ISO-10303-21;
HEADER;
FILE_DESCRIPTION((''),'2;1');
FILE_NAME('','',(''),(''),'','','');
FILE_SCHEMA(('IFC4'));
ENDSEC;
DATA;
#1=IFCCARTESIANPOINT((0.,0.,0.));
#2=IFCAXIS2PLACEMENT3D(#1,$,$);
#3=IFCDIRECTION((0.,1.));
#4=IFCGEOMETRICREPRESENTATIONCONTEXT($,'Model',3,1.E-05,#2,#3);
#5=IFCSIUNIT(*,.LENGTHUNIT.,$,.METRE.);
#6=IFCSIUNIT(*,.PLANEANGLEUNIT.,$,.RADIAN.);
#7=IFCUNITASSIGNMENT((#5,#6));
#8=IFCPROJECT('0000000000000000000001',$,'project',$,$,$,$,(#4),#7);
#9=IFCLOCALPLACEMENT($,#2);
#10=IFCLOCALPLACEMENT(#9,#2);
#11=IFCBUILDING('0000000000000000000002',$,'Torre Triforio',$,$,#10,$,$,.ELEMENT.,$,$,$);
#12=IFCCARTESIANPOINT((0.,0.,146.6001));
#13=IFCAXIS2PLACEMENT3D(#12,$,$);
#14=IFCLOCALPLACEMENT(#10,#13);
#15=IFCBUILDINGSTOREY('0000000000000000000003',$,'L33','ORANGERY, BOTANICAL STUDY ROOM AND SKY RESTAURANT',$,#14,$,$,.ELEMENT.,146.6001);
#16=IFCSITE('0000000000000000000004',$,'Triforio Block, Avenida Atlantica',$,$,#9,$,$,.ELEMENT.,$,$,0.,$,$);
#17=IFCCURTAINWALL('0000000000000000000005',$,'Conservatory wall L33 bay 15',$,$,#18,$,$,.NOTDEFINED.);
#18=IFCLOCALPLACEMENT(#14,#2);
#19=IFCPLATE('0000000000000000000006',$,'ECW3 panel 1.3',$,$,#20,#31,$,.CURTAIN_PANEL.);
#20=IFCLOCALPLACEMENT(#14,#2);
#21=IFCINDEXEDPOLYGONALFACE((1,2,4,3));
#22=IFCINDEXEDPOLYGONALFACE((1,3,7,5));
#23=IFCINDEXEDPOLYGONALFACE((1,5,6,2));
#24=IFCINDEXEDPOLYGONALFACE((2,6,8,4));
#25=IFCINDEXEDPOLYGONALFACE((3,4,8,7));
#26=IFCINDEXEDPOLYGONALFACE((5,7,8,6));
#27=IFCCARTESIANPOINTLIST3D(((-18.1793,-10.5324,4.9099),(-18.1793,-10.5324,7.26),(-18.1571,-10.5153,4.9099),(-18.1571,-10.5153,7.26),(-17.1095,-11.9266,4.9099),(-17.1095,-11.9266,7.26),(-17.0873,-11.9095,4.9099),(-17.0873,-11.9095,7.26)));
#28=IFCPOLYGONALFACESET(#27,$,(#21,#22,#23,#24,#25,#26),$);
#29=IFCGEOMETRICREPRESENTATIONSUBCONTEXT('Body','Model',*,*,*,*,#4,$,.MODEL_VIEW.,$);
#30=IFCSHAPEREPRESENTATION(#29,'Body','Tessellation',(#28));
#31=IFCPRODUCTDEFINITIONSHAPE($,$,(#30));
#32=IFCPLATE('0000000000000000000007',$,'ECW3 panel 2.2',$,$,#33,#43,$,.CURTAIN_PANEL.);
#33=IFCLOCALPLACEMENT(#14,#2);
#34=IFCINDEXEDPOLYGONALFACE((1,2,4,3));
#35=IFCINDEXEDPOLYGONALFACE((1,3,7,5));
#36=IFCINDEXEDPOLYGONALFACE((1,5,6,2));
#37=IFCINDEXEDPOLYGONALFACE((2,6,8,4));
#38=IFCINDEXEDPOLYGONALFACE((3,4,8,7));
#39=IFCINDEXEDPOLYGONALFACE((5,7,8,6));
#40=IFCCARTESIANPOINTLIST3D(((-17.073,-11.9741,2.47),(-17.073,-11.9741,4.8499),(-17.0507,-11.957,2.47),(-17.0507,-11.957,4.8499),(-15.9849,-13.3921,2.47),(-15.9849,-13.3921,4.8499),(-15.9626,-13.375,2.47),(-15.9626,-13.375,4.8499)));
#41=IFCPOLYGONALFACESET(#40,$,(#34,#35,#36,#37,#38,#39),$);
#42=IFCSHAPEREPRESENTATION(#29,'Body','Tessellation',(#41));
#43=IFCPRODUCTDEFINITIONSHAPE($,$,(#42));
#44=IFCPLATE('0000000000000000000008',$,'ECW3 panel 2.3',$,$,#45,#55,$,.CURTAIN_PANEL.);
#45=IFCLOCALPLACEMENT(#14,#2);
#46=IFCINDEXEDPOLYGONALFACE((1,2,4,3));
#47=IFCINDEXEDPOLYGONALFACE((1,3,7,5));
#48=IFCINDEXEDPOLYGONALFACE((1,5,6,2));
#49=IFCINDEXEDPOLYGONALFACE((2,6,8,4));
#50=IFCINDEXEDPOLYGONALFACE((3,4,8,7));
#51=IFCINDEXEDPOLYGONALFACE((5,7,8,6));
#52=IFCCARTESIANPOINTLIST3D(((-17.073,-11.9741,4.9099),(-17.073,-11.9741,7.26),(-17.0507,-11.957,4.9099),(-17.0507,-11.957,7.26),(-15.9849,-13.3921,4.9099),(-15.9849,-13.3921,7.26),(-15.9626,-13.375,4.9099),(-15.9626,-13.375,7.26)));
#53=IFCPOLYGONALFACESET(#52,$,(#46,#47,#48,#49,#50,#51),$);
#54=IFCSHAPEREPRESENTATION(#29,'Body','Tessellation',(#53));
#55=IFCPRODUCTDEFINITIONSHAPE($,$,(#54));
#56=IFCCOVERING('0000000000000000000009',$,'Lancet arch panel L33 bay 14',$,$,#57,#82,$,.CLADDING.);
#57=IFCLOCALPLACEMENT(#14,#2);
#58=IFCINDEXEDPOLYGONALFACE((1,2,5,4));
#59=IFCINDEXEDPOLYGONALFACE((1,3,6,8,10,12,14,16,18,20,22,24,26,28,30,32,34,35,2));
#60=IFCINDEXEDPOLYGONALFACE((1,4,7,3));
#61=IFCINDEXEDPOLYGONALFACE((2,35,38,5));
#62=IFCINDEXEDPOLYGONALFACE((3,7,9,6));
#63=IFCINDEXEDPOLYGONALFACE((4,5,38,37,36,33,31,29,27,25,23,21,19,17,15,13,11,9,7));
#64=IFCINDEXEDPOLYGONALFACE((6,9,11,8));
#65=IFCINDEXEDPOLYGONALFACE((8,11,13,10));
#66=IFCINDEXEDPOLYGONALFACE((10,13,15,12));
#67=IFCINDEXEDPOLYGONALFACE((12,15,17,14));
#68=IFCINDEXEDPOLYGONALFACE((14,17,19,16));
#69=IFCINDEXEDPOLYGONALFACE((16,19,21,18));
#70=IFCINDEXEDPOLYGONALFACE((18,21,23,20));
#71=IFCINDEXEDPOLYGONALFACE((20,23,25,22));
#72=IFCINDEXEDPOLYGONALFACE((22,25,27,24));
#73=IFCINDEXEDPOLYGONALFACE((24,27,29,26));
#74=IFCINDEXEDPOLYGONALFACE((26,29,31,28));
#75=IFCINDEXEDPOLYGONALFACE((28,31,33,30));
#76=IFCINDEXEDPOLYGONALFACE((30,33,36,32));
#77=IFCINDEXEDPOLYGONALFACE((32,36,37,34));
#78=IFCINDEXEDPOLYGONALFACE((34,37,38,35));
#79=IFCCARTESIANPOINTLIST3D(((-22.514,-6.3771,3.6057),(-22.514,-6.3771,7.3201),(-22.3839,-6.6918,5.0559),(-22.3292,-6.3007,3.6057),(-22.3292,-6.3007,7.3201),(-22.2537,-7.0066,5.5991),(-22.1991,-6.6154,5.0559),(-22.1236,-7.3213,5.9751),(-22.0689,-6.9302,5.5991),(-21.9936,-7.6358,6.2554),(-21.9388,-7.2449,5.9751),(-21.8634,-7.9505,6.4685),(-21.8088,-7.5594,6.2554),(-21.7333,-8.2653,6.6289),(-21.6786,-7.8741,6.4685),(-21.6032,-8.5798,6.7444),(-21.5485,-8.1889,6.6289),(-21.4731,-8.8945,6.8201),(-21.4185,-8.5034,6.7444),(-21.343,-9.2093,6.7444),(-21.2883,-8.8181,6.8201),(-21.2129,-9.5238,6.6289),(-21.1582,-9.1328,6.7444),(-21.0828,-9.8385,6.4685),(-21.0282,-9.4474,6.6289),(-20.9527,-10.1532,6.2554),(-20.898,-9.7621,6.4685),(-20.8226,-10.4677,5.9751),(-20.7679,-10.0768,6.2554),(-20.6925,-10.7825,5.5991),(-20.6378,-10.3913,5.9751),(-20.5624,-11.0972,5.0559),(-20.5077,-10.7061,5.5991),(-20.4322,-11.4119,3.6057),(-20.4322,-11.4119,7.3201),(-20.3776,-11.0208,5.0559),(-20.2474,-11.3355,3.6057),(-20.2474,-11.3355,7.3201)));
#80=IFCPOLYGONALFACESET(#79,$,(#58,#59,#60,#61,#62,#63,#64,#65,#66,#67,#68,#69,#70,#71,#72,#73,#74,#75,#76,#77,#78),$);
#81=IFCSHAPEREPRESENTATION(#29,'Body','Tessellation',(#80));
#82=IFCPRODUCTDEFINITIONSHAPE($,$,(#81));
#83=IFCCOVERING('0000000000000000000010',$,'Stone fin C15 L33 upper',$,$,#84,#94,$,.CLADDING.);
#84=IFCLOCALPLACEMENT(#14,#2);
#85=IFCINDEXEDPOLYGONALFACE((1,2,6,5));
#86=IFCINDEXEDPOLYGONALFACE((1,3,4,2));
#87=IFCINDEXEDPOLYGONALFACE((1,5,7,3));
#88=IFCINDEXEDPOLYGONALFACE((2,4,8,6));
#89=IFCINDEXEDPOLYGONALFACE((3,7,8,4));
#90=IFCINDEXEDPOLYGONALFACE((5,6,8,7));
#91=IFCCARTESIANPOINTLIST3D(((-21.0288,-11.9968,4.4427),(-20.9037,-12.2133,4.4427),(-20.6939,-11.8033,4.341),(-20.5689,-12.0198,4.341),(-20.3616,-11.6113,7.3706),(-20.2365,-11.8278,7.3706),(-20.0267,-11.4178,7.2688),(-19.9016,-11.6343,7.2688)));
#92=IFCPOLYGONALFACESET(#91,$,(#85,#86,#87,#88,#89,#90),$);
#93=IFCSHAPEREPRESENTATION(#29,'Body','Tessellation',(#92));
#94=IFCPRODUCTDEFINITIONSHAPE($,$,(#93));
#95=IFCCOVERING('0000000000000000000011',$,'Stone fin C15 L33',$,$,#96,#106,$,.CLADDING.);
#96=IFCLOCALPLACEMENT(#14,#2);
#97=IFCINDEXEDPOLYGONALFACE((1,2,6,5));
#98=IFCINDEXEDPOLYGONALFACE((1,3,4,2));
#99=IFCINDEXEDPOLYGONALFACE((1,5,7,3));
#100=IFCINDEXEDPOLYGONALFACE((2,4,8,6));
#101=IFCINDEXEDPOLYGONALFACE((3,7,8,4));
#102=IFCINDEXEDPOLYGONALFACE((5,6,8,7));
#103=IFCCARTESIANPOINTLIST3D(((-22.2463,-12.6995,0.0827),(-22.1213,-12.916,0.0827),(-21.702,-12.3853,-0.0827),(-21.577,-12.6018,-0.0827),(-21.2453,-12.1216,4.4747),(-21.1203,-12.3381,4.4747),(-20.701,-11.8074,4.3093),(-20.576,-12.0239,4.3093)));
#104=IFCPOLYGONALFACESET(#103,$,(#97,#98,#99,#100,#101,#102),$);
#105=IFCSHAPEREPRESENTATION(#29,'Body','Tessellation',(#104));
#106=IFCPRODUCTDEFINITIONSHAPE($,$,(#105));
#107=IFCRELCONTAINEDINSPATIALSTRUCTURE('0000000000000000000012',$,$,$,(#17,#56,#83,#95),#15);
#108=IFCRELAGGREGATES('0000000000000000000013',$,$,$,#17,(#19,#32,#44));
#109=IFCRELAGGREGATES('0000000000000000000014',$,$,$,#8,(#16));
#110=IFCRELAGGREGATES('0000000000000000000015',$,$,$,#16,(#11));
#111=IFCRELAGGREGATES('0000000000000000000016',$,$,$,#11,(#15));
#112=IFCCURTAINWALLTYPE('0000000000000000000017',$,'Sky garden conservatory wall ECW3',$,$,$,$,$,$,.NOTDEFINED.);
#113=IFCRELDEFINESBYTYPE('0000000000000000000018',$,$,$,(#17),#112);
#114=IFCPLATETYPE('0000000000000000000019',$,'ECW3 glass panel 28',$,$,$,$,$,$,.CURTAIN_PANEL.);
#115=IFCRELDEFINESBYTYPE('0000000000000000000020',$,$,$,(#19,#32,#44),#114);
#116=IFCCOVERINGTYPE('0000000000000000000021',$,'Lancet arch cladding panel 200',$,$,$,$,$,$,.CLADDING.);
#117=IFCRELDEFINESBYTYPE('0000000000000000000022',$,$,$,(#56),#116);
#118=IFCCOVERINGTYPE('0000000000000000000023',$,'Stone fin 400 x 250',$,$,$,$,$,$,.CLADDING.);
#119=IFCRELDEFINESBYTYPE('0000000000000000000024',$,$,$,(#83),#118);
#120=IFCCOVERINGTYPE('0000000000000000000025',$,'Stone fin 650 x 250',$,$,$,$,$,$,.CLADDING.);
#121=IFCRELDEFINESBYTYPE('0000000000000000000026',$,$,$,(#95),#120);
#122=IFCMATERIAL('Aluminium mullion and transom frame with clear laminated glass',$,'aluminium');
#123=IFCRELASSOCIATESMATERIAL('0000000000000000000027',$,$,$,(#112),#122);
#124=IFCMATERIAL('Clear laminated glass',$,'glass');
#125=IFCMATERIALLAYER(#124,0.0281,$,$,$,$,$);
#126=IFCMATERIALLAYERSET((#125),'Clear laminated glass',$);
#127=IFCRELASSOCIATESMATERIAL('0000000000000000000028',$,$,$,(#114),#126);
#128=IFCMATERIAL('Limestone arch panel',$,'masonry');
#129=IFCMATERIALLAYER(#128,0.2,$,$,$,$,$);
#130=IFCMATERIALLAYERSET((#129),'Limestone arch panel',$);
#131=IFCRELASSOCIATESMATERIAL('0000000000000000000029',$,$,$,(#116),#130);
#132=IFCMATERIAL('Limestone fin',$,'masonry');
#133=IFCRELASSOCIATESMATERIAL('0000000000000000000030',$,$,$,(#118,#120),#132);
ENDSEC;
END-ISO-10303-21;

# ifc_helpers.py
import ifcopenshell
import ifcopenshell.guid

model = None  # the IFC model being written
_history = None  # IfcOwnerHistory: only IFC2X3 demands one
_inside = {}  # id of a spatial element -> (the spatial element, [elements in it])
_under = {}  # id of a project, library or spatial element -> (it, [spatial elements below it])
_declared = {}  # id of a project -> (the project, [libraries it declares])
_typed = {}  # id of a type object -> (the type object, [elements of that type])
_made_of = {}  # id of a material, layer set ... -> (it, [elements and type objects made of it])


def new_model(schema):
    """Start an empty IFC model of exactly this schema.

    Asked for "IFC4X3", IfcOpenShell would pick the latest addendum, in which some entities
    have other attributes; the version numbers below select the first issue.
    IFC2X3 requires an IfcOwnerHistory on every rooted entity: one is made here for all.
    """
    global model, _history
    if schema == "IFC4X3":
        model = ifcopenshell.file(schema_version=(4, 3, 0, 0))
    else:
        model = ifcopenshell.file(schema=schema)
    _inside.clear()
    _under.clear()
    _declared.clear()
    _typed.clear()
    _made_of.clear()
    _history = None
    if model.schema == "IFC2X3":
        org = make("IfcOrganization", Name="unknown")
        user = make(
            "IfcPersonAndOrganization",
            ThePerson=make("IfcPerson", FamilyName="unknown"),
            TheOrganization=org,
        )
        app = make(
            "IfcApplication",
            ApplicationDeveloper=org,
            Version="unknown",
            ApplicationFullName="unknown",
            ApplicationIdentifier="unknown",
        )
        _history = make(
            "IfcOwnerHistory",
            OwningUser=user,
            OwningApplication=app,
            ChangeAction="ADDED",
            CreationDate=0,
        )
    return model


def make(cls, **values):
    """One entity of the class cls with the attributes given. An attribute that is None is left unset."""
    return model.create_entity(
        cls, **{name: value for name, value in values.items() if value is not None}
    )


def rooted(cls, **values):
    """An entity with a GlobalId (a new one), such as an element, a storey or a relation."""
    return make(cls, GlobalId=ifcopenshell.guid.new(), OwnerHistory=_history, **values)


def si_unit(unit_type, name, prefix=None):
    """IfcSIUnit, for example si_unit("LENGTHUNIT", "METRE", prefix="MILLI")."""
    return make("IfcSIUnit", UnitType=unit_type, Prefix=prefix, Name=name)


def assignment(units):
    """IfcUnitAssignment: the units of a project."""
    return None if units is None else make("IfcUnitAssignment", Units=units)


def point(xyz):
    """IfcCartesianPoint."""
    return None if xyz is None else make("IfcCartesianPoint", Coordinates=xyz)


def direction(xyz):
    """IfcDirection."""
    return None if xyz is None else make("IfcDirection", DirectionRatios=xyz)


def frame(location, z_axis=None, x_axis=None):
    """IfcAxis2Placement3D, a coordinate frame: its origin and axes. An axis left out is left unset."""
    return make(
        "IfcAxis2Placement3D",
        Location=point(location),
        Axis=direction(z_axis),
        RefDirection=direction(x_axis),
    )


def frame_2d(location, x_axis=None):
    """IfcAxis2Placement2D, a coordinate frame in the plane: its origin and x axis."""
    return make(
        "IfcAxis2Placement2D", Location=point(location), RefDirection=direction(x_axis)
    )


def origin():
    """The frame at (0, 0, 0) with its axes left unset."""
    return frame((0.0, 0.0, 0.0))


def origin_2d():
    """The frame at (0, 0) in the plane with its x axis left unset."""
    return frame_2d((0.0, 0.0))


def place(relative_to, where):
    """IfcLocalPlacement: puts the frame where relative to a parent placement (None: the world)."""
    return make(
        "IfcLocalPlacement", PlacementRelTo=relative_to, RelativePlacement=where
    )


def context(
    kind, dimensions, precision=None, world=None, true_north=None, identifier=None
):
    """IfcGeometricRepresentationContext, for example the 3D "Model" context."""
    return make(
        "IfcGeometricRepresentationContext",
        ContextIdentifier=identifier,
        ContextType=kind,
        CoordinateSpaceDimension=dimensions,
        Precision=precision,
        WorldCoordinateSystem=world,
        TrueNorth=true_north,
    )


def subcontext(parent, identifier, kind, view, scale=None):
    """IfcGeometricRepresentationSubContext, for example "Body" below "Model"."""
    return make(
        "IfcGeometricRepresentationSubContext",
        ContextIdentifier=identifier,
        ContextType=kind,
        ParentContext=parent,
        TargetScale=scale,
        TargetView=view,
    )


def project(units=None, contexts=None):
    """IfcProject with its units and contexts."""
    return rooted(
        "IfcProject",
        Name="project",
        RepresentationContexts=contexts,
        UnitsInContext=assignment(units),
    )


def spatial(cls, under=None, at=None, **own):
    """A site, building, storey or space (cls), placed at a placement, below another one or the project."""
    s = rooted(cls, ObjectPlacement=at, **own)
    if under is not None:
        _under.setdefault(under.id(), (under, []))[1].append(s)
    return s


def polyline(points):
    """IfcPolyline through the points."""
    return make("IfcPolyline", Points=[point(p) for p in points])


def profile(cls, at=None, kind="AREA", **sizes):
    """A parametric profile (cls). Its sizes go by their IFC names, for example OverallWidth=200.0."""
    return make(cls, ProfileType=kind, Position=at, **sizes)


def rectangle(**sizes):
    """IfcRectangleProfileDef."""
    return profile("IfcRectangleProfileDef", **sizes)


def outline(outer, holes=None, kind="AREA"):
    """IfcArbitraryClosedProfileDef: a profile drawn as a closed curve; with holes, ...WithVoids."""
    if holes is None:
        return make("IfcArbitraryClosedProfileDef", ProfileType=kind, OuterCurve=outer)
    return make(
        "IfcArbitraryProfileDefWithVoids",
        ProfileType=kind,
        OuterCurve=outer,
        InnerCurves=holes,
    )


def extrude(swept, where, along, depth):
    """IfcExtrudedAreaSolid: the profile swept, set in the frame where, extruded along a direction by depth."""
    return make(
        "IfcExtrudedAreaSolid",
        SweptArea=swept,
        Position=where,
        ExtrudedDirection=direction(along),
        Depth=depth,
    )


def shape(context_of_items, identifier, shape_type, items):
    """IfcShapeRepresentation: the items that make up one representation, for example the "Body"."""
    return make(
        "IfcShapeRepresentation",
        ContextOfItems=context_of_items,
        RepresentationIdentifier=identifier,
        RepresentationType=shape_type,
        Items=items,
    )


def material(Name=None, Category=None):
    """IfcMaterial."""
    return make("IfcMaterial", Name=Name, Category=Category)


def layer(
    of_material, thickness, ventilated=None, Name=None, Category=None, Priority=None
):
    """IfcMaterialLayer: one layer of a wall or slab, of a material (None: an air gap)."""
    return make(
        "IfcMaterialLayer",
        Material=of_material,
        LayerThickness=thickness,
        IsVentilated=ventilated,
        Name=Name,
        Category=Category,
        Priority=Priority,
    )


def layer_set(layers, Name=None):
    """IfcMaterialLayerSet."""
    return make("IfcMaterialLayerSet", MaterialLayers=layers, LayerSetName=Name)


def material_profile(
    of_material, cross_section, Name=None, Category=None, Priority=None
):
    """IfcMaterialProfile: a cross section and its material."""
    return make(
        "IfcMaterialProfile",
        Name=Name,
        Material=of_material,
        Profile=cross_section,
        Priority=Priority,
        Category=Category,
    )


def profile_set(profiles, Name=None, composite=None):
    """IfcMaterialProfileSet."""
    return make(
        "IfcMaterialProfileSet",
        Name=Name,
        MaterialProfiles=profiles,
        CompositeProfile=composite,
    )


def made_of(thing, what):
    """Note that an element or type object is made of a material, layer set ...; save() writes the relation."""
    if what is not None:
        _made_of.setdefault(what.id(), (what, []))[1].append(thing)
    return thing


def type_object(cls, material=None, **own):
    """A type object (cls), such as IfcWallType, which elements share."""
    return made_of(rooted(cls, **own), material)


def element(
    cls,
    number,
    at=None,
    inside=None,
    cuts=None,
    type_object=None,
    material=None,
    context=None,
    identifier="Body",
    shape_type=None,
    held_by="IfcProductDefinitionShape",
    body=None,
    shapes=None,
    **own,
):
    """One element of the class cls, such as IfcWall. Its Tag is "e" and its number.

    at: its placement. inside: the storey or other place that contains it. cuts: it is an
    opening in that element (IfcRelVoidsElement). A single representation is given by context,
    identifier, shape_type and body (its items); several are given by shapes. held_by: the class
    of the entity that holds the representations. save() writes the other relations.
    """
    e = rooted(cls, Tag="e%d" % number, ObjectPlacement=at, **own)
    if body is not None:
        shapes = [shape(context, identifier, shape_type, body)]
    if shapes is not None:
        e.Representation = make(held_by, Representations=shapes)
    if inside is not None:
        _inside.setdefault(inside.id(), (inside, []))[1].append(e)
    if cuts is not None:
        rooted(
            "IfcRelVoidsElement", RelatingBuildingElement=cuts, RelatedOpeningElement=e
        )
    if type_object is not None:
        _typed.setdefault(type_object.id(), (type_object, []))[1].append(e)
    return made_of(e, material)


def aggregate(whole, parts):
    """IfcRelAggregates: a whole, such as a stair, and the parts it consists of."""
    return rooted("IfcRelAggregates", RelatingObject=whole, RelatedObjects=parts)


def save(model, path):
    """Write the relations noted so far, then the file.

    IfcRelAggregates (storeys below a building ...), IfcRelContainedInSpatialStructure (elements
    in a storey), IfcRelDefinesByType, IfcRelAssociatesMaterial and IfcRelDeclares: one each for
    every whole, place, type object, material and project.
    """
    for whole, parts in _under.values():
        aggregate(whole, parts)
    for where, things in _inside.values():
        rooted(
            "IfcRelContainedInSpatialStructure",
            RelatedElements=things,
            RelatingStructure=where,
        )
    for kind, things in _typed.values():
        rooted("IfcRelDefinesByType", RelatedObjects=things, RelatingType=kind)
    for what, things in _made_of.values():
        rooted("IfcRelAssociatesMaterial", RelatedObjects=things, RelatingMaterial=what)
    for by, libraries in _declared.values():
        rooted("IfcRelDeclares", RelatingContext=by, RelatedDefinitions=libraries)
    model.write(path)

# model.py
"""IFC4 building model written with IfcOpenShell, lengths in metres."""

from ifc_helpers import new_model, si_unit, direction, frame, origin, origin_2d, place, context, subcontext, project, spatial, polyline, rectangle, outline, extrude, material, layer, layer_set, material_profile, profile_set, type_object, element, aggregate, save


model = new_model("IFC4")

# Units and contexts
model_context = context("Model", 3, precision=1e-05, world=origin(), true_north=direction((0.0, 1.0)))
body_context = subcontext(model_context, "Body", "Model", "MODEL_VIEW")
ifc_project = project(units=[si_unit("LENGTHUNIT", "METRE"), si_unit("PLANEANGLEUNIT", "RADIAN")], contexts=[model_context])

# Site, building, storey
site_placement = place(None, origin())
site = spatial("IfcSite", under=ifc_project, at=site_placement, Name="Triforio Block, Avenida Atlantica", CompositionType="ELEMENT", RefElevation=0.0)
building_placement = place(site_placement, origin())
building = spatial("IfcBuilding", under=site, at=building_placement, Name="Torre Triforio", CompositionType="ELEMENT")
storey_placement = place(building_placement, frame((0.0, 0.0, 146.6001)))
storey = spatial("IfcBuildingStorey", under=building, at=storey_placement, Name="L33", Description="ORANGERY, BOTANICAL STUDY ROOM AND SKY RESTAURANT", CompositionType="ELEMENT", Elevation=146.6001)

# Curtain wall
ifc_material_1 = material(Name="Aluminium mullion and transom frame with clear laminated glass", Category="aluminium")
curtain_wall_type = type_object("IfcCurtainWallType", Name="Sky garden conservatory wall ECW3", PredefinedType="NOTDEFINED", material=ifc_material_1)
curtain_wall_placement = place(storey_placement, origin())
curtain_wall = element("IfcCurtainWall", 1, at=curtain_wall_placement, inside=storey, type_object=curtain_wall_type, Name="Conservatory wall L33 bay 15", PredefinedType="NOTDEFINED")

# Plates
ifc_material_2 = material(Name="Clear laminated glass", Category="glass")
ifc_layer_1 = layer(ifc_material_2, 0.0281)
ifc_layer_set_1 = layer_set([ifc_layer_1], Name="Clear laminated glass")
plate_type = type_object("IfcPlateType", Name="ECW3 glass panel 28", PredefinedType="CURTAIN_PANEL", material=ifc_layer_set_1)
plate_1_placement = place(storey_placement, frame((-17.6333, -11.2209, 4.9099), z_axis=(0.0, 0.0, 1.0), x_axis=(0.608763, -0.793352, 0.0)))
plate_1 = element("IfcPlate", 2, at=plate_1_placement, type_object=plate_type, Name="ECW3 panel 1.3", PredefinedType="CURTAIN_PANEL", context=body_context, shape_type="SweptSolid", body=[
    extrude(rectangle(XDim=1.7573, YDim=0.0281, at=origin_2d()), origin(), (0.0, 0.0, 1.0), 2.3501),
])
plate_2_placement = place(storey_placement, frame((-16.5178, -12.6746, 2.47), z_axis=(0.0, 0.0, 1.0), x_axis=(0.608763, -0.793352, 0.0)))
plate_2 = element("IfcPlate", 3, at=plate_2_placement, type_object=plate_type, Name="ECW3 panel 2.2", PredefinedType="CURTAIN_PANEL", context=body_context, shape_type="SweptSolid", body=[
    extrude(rectangle(XDim=1.7874, YDim=0.0281, at=origin_2d()), origin(), (0.0, 0.0, 1.0), 2.3799),
])
plate_3_placement = place(storey_placement, frame((-16.5178, -12.6746, 4.9099), z_axis=(0.0, 0.0, 1.0), x_axis=(0.608763, -0.793352, 0.0)))
plate_3 = element("IfcPlate", 4, at=plate_3_placement, type_object=plate_type, Name="ECW3 panel 2.3", PredefinedType="CURTAIN_PANEL", context=body_context, shape_type="SweptSolid", body=[
    extrude(rectangle(XDim=1.7874, YDim=0.0281, at=origin_2d()), origin(), (0.0, 0.0, 1.0), 2.3501),
])
aggregate(curtain_wall, [plate_1, plate_2, plate_3])

# Coverings
ifc_material_3 = material(Name="Limestone arch panel", Category="masonry")
ifc_layer_2 = layer(ifc_material_3, 0.2)
ifc_layer_set_2 = layer_set([ifc_layer_2], Name="Limestone arch panel")
covering_type_1 = type_object("IfcCoveringType", Name="Lancet arch cladding panel 200", PredefinedType="CLADDING", material=ifc_layer_set_2)
covering_1_placement = place(storey_placement, frame((-21.2883, -8.8181, 0.0), z_axis=(-0.924121, -0.3821, 0.0), x_axis=(0.3821, -0.924121, 0.0)))
element("IfcCovering", 5, at=covering_1_placement, inside=storey, type_object=covering_type_1, Name="Lancet arch panel L33 bay 14", PredefinedType="CLADDING", context=body_context, shape_type="SweptSolid", body=[
    extrude(outline(polyline([(-2.7241, 7.3201), (-2.7241, 3.6057), (-2.3835, 5.0559), (-2.043, 5.5991), (-1.7024, 5.9751), (-1.3621, 6.2554), (-1.0215, 6.4685), (-0.6809, 6.6289), (-0.3406, 6.7444), (0.0, 6.8201), (0.3406, 6.7444), (0.6809, 6.6289), (1.0215, 6.4685), (1.3621, 6.2554), (1.7024, 5.9751), (2.043, 5.5991), (2.3835, 5.0559), (2.7241, 3.6057), (2.7241, 7.3201), (-2.7241, 7.3201)])), origin(), (0.0, 0.0, 1.0), 0.2),
])
ifc_material_4 = material(Name="Limestone fin", Category="masonry")
ifc_material_profile_1 = material_profile(ifc_material_4, rectangle(XDim=0.3999, YDim=0.25, at=origin_2d()), Name="FIN 400x250")
ifc_profile_set_1 = profile_set([ifc_material_profile_1], Name="Limestone fin")
covering_type_2 = type_object("IfcCoveringType", Name="Stone fin 400 x 250", PredefinedType="CLADDING", material=ifc_profile_set_1)
covering_2_placement = place(storey_placement, frame((-20.7988, -12.0083, 4.3918), z_axis=(0.220378, 0.127324, 0.967069), x_axis=(-0.83736, -0.483787, 0.254516)))
element("IfcCovering", 6, at=covering_2_placement, inside=storey, type_object=covering_type_2, Name="Stone fin C15 L33 upper", PredefinedType="CLADDING", context=body_context, shape_type="SweptSolid", body=[
    extrude(rectangle(XDim=0.3999, YDim=0.25, at=origin_2d()), origin(), (0.0, 0.0, 1.0), 3.0276),
])
ifc_material_profile_2 = material_profile(ifc_material_4, rectangle(XDim=0.6499, YDim=0.25, at=origin_2d()), Name="FIN 650x250")
ifc_profile_set_2 = profile_set([ifc_material_profile_2], Name="Limestone fin")
covering_type_3 = type_object("IfcCoveringType", Name="Stone fin 650 x 250", PredefinedType="CLADDING", material=ifc_profile_set_2)
covering_3_placement = place(storey_placement, frame((-21.9116, -12.6506, 0.0), z_axis=(0.220412, 0.127248, 0.967071), x_axis=(-0.83752, -0.483515, 0.254506)))
element("IfcCovering", 7, at=covering_3_placement, inside=storey, type_object=covering_type_3, Name="Stone fin C15 L33", PredefinedType="CLADDING", context=body_context, shape_type="SweptSolid", body=[
    extrude(rectangle(XDim=0.6499, YDim=0.25, at=origin_2d()), origin(), (0.0, 0.0, 1.0), 4.5415),
])

save(model, "model.ifc")
